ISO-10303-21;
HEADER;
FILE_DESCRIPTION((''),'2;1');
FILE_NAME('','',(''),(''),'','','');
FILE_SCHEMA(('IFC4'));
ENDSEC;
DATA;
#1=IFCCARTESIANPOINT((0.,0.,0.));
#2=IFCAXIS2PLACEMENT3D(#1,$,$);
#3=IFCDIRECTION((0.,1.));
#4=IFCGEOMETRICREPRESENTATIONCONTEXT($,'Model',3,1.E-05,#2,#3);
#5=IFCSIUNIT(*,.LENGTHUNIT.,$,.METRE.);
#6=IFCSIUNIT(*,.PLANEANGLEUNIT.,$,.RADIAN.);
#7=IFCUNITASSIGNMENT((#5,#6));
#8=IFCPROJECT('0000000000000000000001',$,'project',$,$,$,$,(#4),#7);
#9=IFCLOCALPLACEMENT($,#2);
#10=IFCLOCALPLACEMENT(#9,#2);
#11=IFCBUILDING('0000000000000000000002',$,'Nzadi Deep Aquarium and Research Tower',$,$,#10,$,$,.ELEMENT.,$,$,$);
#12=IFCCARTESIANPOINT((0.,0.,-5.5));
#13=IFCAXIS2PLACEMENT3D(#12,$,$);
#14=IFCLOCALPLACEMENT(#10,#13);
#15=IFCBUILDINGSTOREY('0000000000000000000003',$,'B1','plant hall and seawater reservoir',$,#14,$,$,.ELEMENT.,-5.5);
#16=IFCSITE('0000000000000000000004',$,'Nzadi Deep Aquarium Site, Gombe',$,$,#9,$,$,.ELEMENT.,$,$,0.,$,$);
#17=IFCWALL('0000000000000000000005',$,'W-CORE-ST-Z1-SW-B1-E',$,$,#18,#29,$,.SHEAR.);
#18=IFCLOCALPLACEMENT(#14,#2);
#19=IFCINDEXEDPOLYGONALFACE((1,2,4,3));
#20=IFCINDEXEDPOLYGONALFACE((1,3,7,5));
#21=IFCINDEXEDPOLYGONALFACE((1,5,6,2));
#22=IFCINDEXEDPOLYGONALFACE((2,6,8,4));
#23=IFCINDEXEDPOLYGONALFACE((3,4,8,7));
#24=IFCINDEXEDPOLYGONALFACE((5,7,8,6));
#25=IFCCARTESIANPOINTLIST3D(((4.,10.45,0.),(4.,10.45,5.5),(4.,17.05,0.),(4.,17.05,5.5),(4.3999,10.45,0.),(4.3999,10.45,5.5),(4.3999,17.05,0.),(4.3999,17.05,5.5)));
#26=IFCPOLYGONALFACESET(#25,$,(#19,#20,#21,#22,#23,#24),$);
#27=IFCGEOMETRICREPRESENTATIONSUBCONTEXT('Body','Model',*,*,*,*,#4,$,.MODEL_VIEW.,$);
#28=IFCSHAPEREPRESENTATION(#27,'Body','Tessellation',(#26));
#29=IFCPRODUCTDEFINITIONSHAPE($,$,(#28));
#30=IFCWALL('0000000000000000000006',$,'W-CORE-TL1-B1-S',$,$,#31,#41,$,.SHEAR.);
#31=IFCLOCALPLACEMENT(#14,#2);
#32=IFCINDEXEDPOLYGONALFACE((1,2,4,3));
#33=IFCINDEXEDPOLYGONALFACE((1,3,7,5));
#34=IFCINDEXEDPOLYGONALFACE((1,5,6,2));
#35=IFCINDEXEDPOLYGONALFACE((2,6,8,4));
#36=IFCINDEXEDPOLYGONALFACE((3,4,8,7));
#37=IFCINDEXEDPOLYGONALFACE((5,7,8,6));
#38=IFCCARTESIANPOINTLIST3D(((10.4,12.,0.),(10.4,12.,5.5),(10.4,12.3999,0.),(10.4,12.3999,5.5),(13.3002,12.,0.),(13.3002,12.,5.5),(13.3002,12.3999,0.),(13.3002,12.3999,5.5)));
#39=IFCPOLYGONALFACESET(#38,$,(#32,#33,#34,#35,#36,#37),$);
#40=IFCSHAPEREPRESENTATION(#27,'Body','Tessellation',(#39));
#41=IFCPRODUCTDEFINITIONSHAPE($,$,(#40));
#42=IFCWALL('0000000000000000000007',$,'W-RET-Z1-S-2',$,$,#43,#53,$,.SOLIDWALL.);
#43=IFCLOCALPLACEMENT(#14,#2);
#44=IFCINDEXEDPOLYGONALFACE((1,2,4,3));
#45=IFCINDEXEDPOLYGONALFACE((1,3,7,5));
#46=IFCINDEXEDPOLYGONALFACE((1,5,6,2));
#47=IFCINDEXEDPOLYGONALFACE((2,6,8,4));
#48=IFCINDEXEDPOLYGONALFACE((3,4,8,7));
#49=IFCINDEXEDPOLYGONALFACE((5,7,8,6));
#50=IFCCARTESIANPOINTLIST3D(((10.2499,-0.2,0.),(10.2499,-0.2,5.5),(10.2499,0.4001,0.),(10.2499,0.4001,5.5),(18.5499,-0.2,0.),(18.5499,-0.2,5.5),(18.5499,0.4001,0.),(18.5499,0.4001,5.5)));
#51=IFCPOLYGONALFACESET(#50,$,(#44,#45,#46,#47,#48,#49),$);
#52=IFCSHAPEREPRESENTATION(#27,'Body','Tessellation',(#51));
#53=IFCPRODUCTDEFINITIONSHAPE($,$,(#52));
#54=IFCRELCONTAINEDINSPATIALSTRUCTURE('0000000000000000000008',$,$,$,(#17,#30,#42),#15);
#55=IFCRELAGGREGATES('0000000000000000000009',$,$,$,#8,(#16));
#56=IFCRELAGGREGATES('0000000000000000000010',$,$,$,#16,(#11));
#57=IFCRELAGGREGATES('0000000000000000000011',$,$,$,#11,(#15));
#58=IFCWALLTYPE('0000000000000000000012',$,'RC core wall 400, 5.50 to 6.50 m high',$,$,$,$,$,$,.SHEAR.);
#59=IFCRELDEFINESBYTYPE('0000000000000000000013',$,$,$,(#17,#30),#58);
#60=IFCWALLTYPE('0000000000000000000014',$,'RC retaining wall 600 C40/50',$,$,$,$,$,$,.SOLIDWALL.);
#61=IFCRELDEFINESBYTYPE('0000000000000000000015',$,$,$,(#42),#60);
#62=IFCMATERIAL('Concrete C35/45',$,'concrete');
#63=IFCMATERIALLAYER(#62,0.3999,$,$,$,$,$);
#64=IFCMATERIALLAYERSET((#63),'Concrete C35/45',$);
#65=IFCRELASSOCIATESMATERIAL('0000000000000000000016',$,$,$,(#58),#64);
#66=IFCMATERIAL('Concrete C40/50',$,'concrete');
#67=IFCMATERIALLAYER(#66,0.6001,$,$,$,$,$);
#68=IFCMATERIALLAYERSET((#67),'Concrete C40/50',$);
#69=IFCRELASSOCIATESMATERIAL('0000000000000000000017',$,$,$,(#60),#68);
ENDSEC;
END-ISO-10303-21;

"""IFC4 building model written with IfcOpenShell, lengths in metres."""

from ifc_helpers import new_model, si_unit, direction, frame, frame_2d, origin, place, context, subcontext, project, spatial, rectangle, extrude, material, layer, layer_set, type_object, element, save


model = new_model("IFC4")

# Units and contexts
model_context = context("Model", 3, precision=1e-05, world=origin(), true_north=direction((0.0, 1.0)))
body_context = subcontext(model_context, "Body", "Model", "MODEL_VIEW")
ifc_project = project(units=[si_unit("LENGTHUNIT", "METRE"), si_unit("PLANEANGLEUNIT", "RADIAN")], contexts=[model_context])

# Site, building, storey
site_placement = place(None, origin())
site = spatial("IfcSite", under=ifc_project, at=site_placement, Name="Nzadi Deep Aquarium Site, Gombe", CompositionType="ELEMENT", RefElevation=0.0)
building_placement = place(site_placement, origin())
building = spatial("IfcBuilding", under=site, at=building_placement, Name="Nzadi Deep Aquarium and Research Tower", CompositionType="ELEMENT")
storey_placement = place(building_placement, frame((0.0, 0.0, -5.5)))
storey = spatial("IfcBuildingStorey", under=building, at=storey_placement, Name="B1", Description="plant hall and seawater reservoir", CompositionType="ELEMENT", Elevation=-5.5)

# Walls
ifc_material_1 = material(Name="Concrete C35/45", Category="concrete")
ifc_layer_1 = layer(ifc_material_1, 0.3999)
ifc_layer_set_1 = layer_set([ifc_layer_1], Name="Concrete C35/45")
wall_type_1 = type_object("IfcWallType", Name="RC core wall 400, 5.50 to 6.50 m high", PredefinedType="SHEAR", material=ifc_layer_set_1)
wall_1_placement = place(storey_placement, frame((4.2, 10.45, 0.0), z_axis=(0.0, 0.0, 1.0), x_axis=(0.0, 1.0, 0.0)))
element("IfcWall", 1, at=wall_1_placement, inside=storey, type_object=wall_type_1, Name="W-CORE-ST-Z1-SW-B1-E", PredefinedType="SHEAR", context=body_context, shape_type="SweptSolid", body=[
    extrude(rectangle(XDim=6.6001, YDim=0.3999, at=frame_2d((3.3, 0.0))), origin(), (0.0, 0.0, 1.0), 5.5),
])
wall_2_placement = place(storey_placement, frame((10.3999, 12.2, 0.0), z_axis=(0.0, 0.0, 1.0), x_axis=(1.0, 0.0, 0.0)))
element("IfcWall", 2, at=wall_2_placement, inside=storey, type_object=wall_type_1, Name="W-CORE-TL1-B1-S", PredefinedType="SHEAR", context=body_context, shape_type="SweptSolid", body=[
    extrude(rectangle(XDim=2.9001, YDim=0.3999, at=frame_2d((1.4502, 0.0))), origin(), (0.0, 0.0, 1.0), 5.5),
])
ifc_material_2 = material(Name="Concrete C40/50", Category="concrete")
ifc_layer_2 = layer(ifc_material_2, 0.6001)
ifc_layer_set_2 = layer_set([ifc_layer_2], Name="Concrete C40/50")
wall_type_2 = type_object("IfcWallType", Name="RC retaining wall 600 C40/50", PredefinedType="SOLIDWALL", material=ifc_layer_set_2)
wall_3_placement = place(storey_placement, frame((10.25, 0.1001, 0.0), z_axis=(0.0, 0.0, 1.0), x_axis=(1.0, 0.0, 0.0)))
element("IfcWall", 3, at=wall_3_placement, inside=storey, type_object=wall_type_2, Name="W-RET-Z1-S-2", PredefinedType="SOLIDWALL", context=body_context, shape_type="SweptSolid", body=[
    extrude(rectangle(XDim=8.3, YDim=0.6001, at=frame_2d((4.1499, 0.0))), origin(), (0.0, 0.0, 1.0), 5.5),
])

save(model, "model.ifc")
